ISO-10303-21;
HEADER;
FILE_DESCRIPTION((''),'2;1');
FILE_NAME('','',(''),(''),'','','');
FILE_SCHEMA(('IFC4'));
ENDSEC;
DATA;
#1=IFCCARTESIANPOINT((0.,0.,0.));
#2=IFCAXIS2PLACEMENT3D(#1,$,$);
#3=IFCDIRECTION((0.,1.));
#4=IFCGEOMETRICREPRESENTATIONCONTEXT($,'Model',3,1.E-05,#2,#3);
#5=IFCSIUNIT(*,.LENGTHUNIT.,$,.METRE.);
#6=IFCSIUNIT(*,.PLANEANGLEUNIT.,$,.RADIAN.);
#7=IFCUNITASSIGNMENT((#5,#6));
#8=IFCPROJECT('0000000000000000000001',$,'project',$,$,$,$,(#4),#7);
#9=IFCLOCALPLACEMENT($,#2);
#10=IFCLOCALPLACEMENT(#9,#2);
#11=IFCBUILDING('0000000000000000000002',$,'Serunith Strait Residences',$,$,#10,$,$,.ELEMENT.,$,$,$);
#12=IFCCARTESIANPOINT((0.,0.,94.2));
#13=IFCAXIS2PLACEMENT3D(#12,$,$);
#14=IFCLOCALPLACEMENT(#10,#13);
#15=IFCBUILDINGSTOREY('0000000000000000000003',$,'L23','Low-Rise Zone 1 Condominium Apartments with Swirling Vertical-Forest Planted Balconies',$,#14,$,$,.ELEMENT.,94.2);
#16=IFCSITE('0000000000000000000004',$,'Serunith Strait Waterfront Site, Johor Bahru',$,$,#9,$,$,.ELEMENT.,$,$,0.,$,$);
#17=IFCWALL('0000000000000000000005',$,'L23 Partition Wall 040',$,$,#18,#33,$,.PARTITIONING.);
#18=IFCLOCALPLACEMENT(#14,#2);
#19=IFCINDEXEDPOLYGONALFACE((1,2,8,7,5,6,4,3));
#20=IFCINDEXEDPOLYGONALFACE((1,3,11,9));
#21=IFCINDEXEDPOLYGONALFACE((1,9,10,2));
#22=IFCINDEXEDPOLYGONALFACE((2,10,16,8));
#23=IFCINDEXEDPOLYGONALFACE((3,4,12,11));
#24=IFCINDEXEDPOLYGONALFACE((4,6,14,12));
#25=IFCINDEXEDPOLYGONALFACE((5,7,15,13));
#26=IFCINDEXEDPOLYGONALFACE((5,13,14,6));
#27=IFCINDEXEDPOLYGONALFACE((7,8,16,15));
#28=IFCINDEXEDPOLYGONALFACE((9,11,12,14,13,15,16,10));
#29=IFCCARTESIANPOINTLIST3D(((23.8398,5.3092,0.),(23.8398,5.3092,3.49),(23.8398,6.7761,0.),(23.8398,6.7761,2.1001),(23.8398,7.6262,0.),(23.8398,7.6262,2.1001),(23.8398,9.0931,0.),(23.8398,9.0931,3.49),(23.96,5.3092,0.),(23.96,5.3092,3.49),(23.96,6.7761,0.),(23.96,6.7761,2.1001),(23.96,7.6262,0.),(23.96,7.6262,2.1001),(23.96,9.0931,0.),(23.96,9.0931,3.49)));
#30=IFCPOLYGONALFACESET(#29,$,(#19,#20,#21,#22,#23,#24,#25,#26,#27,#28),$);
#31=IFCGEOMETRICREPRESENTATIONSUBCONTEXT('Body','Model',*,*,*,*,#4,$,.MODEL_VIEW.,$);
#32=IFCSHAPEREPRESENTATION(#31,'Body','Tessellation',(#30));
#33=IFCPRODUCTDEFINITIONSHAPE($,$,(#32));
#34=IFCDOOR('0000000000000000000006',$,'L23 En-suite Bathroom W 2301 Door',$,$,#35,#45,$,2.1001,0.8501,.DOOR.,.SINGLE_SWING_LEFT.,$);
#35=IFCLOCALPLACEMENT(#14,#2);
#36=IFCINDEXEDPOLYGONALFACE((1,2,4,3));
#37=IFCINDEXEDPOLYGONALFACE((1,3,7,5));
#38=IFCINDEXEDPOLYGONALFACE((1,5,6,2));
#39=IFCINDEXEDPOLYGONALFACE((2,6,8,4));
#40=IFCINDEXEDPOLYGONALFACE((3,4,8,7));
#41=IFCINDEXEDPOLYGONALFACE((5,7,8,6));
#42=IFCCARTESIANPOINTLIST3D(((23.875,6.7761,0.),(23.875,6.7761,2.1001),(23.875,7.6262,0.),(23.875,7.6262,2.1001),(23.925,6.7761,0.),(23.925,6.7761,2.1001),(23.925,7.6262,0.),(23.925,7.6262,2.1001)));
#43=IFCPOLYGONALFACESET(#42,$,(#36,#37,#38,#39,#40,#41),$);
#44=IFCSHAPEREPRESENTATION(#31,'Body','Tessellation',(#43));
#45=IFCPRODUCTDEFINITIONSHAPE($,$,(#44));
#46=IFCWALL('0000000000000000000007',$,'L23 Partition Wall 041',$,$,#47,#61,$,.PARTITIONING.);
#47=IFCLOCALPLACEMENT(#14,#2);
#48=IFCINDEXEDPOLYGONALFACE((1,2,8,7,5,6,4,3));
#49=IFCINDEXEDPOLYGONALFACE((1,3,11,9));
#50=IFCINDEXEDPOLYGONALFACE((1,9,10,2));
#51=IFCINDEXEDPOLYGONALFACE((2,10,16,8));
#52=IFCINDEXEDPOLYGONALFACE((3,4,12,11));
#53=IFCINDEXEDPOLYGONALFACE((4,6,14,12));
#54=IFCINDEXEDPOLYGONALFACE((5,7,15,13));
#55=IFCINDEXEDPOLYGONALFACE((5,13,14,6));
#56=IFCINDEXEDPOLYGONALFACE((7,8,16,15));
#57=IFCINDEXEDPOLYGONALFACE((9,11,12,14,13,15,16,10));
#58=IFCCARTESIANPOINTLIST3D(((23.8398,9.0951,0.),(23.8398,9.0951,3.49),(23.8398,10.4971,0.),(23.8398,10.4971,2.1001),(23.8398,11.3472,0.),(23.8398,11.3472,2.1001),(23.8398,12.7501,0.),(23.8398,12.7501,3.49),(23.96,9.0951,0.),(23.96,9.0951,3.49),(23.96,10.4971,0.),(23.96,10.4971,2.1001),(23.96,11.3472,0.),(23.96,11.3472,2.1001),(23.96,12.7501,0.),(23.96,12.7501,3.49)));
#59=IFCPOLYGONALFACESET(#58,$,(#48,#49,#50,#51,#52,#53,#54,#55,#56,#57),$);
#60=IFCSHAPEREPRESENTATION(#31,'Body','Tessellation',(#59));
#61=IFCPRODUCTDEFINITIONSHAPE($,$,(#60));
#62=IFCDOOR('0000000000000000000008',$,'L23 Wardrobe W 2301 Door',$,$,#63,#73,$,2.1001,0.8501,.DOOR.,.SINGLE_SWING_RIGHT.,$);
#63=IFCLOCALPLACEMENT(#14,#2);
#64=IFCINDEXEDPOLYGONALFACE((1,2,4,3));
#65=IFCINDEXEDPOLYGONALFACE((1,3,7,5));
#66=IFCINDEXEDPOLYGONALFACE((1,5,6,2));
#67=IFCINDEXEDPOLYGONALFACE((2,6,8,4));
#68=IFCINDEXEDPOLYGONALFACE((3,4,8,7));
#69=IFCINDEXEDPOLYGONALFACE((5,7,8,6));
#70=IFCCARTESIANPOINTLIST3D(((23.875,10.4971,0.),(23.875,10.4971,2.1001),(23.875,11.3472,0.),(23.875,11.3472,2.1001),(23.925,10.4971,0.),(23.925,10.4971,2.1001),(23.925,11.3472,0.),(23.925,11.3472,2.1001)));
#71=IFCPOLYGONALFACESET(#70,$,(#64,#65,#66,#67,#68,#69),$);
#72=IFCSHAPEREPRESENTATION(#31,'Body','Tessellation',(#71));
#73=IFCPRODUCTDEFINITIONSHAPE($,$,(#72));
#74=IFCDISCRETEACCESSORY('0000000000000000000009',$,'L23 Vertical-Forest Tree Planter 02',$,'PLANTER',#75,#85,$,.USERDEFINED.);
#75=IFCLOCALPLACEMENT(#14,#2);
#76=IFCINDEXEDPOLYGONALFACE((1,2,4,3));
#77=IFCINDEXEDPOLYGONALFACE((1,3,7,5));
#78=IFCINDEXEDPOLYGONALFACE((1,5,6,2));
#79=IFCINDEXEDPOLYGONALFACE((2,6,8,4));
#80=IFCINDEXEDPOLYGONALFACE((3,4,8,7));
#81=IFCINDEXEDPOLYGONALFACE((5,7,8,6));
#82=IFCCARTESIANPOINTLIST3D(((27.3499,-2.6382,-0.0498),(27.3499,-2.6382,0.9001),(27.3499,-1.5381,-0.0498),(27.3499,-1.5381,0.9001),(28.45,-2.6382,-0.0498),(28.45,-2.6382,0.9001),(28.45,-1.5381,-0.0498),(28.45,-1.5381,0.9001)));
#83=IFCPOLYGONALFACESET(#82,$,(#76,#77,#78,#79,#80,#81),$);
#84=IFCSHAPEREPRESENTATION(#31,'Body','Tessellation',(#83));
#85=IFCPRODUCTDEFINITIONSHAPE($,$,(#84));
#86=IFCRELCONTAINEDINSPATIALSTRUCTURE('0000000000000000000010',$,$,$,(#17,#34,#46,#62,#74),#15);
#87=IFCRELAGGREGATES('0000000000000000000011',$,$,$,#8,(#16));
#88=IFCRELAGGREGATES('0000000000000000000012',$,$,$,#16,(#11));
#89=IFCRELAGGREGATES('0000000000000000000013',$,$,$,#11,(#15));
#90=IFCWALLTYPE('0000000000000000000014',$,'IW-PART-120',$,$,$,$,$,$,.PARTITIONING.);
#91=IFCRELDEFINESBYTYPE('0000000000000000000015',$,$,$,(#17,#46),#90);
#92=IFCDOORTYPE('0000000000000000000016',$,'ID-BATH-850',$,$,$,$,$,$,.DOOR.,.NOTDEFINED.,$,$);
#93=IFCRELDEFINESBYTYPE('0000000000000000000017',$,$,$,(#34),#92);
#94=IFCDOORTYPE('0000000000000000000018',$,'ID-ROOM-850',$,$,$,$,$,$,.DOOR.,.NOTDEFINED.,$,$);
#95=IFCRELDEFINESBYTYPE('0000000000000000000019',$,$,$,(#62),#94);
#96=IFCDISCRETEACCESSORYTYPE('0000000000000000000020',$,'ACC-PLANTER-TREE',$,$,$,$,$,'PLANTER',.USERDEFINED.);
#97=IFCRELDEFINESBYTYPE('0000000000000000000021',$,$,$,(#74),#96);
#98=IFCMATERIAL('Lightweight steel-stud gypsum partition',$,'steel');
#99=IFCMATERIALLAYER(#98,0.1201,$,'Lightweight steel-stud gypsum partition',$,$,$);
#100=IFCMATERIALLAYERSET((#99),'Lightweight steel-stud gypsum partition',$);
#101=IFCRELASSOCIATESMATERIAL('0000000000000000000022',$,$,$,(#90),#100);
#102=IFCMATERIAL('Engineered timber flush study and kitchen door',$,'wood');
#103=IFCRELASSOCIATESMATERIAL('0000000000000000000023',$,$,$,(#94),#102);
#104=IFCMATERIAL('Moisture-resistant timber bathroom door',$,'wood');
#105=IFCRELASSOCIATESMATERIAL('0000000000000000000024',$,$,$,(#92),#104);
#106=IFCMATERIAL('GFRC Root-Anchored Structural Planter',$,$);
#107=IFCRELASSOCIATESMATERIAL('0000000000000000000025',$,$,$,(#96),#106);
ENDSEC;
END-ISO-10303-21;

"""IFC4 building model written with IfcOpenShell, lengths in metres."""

from ifc_helpers import new_model, si_unit, direction, frame, frame_2d, origin, origin_2d, place, context, subcontext, project, spatial, rectangle, extrude, source, transform, mapped, material, layer, layer_set, type_object, element, fill, save


model = new_model("IFC4")

# Units and contexts
model_context = context("Model", 3, precision=1e-05, world=origin(), true_north=direction((0.0, 1.0)))
body_context = subcontext(model_context, "Body", "Model", "MODEL_VIEW")
ifc_project = project(units=[si_unit("LENGTHUNIT", "METRE"), si_unit("PLANEANGLEUNIT", "RADIAN")], contexts=[model_context])

# Site, building, storey
site_placement = place(None, origin())
site = spatial("IfcSite", under=ifc_project, at=site_placement, Name="Serunith Strait Waterfront Site, Johor Bahru", CompositionType="ELEMENT", RefElevation=0.0)
building_placement = place(site_placement, origin())
building = spatial("IfcBuilding", under=site, at=building_placement, Name="Serunith Strait Residences", CompositionType="ELEMENT")
storey_placement = place(building_placement, frame((0.0, 0.0, 94.2)))
storey = spatial("IfcBuildingStorey", under=building, at=storey_placement, Name="L23", Description="Low-Rise Zone 1 Condominium Apartments with Swirling Vertical-Forest Planted Balconies", CompositionType="ELEMENT", Elevation=94.2)

# Shared definitions
ifc_material_1 = material(Name="Lightweight steel-stud gypsum partition", Category="steel")
ifc_layer_1 = layer(ifc_material_1, 0.1201, Name="Lightweight steel-stud gypsum partition")
ifc_layer_set_1 = layer_set([ifc_layer_1], Name="Lightweight steel-stud gypsum partition")
wall_type = type_object("IfcWallType", Name="IW-PART-120", PredefinedType="PARTITIONING", material=ifc_layer_set_1)
ifc_material_2 = material(Name="Engineered timber flush study and kitchen door", Category="wood")
door_type_1 = type_object("IfcDoorType", Name="ID-ROOM-850", OperationType="NOTDEFINED", PredefinedType="DOOR", material=ifc_material_2)
shared_shape_1 = source(origin(), body_context, "Body", "SweptSolid", [
    extrude(rectangle(XDim=0.8501, YDim=2.1001, at=frame_2d((0.425, 1.05))), frame((0.0, 0.0249, 0.0), z_axis=(0.0, -1.0, 0.0), x_axis=(1.0, 0.0, 0.0)), (0.0, 0.0, 1.0), 0.05),
])

# Shared definitions
ifc_material_3 = material(Name="Moisture-resistant timber bathroom door", Category="wood")
door_type_2 = type_object("IfcDoorType", Name="ID-BATH-850", OperationType="NOTDEFINED", PredefinedType="DOOR", material=ifc_material_3)

# Walls, openings, doors
wall_1_placement = place(storey_placement, frame((23.8999, 5.3091, 0.0), z_axis=(0.0, 0.0, 1.0), x_axis=(0.0, 1.0, 0.0)))
wall_1 = element("IfcWall", 1, at=wall_1_placement, inside=storey, type_object=wall_type, Name="L23 Partition Wall 040", PredefinedType="PARTITIONING", context=body_context, shape_type="SweptSolid", body=[
    extrude(rectangle(XDim=3.7839, YDim=0.1201, at=frame_2d((1.8921, 0.0))), origin(), (0.0, 0.0, 1.0), 3.49),
])
opening_1_placement = place(wall_1_placement, frame((1.467, 0.0, 0.0)))
opening_1 = element("IfcOpeningElement", 2, at=opening_1_placement, cuts=wall_1, PredefinedType="OPENING", context=body_context, shape_type="SweptSolid", body=[
    extrude(rectangle(XDim=0.8501, YDim=2.1001, at=frame_2d((0.425, 1.05))), frame((0.0, 0.0701, 0.0), z_axis=(0.0, -1.0, 0.0), x_axis=(1.0, 0.0, 0.0)), (0.0, 0.0, 1.0), 0.1401),
])
door_1_placement = place(opening_1_placement, origin())
door_1 = element("IfcDoor", 3, at=door_1_placement, inside=storey, type_object=door_type_2, Name="L23 En-suite Bathroom W 2301 Door", OperationType="SINGLE_SWING_LEFT", OverallHeight=2.1001, OverallWidth=0.8501, PredefinedType="DOOR", context=body_context, shape_type="MappedRepresentation", body=[
    mapped(shared_shape_1, transform((0.0, 0.0, 0.0), scale=1.0)),
])
fill(opening_1, door_1)
wall_2_placement = place(storey_placement, frame((23.8999, 9.095, 0.0), z_axis=(0.0, 0.0, 1.0), x_axis=(0.0, 1.0, 0.0)))
wall_2 = element("IfcWall", 4, at=wall_2_placement, inside=storey, type_object=wall_type, Name="L23 Partition Wall 041", PredefinedType="PARTITIONING", context=body_context, shape_type="SweptSolid", body=[
    extrude(rectangle(XDim=3.655, YDim=0.1201, at=frame_2d((1.8276, 0.0))), origin(), (0.0, 0.0, 1.0), 3.49),
])
opening_2_placement = place(wall_2_placement, frame((1.4021, 0.0, 0.0)))
opening_2 = element("IfcOpeningElement", 5, at=opening_2_placement, cuts=wall_2, PredefinedType="OPENING", context=body_context, shape_type="SweptSolid", body=[
    extrude(rectangle(XDim=0.8501, YDim=2.1001, at=frame_2d((0.425, 1.05))), frame((0.0, 0.0701, 0.0), z_axis=(0.0, -1.0, 0.0), x_axis=(1.0, 0.0, 0.0)), (0.0, 0.0, 1.0), 0.1401),
])
door_2_placement = place(opening_2_placement, origin())
door_2 = element("IfcDoor", 6, at=door_2_placement, inside=storey, type_object=door_type_1, Name="L23 Wardrobe W 2301 Door", OperationType="SINGLE_SWING_RIGHT", OverallHeight=2.1001, OverallWidth=0.8501, PredefinedType="DOOR", context=body_context, shape_type="MappedRepresentation", body=[
    mapped(shared_shape_1, transform((0.0, 0.0, 0.0), scale=1.0)),
])
fill(opening_2, door_2)

# Discrete accessory
ifc_material_4 = material(Name="GFRC Root-Anchored Structural Planter")
discrete_accessory_type = type_object("IfcDiscreteAccessoryType", Name="ACC-PLANTER-TREE", ElementType="PLANTER", PredefinedType="USERDEFINED", material=ifc_material_4)
shared_shape_2 = source(origin(), body_context, "Body", "SweptSolid", [
    extrude(rectangle(XDim=1.1001, YDim=1.1001, at=origin_2d()), origin(), (0.0, 0.0, 1.0), 0.95),
])
discrete_accessory_placement = place(storey_placement, frame((27.8999, -2.0881, -0.0498), z_axis=(0.0, 0.0, 1.0), x_axis=(1.0, 0.0, 0.0)))
element("IfcDiscreteAccessory", 7, at=discrete_accessory_placement, inside=storey, type_object=discrete_accessory_type, Name="L23 Vertical-Forest Tree Planter 02", ObjectType="PLANTER", PredefinedType="USERDEFINED", context=body_context, shape_type="MappedRepresentation", body=[
    mapped(shared_shape_2, transform((0.0, 0.0, 0.0), scale=1.0)),
])

save(model, "model.ifc")
